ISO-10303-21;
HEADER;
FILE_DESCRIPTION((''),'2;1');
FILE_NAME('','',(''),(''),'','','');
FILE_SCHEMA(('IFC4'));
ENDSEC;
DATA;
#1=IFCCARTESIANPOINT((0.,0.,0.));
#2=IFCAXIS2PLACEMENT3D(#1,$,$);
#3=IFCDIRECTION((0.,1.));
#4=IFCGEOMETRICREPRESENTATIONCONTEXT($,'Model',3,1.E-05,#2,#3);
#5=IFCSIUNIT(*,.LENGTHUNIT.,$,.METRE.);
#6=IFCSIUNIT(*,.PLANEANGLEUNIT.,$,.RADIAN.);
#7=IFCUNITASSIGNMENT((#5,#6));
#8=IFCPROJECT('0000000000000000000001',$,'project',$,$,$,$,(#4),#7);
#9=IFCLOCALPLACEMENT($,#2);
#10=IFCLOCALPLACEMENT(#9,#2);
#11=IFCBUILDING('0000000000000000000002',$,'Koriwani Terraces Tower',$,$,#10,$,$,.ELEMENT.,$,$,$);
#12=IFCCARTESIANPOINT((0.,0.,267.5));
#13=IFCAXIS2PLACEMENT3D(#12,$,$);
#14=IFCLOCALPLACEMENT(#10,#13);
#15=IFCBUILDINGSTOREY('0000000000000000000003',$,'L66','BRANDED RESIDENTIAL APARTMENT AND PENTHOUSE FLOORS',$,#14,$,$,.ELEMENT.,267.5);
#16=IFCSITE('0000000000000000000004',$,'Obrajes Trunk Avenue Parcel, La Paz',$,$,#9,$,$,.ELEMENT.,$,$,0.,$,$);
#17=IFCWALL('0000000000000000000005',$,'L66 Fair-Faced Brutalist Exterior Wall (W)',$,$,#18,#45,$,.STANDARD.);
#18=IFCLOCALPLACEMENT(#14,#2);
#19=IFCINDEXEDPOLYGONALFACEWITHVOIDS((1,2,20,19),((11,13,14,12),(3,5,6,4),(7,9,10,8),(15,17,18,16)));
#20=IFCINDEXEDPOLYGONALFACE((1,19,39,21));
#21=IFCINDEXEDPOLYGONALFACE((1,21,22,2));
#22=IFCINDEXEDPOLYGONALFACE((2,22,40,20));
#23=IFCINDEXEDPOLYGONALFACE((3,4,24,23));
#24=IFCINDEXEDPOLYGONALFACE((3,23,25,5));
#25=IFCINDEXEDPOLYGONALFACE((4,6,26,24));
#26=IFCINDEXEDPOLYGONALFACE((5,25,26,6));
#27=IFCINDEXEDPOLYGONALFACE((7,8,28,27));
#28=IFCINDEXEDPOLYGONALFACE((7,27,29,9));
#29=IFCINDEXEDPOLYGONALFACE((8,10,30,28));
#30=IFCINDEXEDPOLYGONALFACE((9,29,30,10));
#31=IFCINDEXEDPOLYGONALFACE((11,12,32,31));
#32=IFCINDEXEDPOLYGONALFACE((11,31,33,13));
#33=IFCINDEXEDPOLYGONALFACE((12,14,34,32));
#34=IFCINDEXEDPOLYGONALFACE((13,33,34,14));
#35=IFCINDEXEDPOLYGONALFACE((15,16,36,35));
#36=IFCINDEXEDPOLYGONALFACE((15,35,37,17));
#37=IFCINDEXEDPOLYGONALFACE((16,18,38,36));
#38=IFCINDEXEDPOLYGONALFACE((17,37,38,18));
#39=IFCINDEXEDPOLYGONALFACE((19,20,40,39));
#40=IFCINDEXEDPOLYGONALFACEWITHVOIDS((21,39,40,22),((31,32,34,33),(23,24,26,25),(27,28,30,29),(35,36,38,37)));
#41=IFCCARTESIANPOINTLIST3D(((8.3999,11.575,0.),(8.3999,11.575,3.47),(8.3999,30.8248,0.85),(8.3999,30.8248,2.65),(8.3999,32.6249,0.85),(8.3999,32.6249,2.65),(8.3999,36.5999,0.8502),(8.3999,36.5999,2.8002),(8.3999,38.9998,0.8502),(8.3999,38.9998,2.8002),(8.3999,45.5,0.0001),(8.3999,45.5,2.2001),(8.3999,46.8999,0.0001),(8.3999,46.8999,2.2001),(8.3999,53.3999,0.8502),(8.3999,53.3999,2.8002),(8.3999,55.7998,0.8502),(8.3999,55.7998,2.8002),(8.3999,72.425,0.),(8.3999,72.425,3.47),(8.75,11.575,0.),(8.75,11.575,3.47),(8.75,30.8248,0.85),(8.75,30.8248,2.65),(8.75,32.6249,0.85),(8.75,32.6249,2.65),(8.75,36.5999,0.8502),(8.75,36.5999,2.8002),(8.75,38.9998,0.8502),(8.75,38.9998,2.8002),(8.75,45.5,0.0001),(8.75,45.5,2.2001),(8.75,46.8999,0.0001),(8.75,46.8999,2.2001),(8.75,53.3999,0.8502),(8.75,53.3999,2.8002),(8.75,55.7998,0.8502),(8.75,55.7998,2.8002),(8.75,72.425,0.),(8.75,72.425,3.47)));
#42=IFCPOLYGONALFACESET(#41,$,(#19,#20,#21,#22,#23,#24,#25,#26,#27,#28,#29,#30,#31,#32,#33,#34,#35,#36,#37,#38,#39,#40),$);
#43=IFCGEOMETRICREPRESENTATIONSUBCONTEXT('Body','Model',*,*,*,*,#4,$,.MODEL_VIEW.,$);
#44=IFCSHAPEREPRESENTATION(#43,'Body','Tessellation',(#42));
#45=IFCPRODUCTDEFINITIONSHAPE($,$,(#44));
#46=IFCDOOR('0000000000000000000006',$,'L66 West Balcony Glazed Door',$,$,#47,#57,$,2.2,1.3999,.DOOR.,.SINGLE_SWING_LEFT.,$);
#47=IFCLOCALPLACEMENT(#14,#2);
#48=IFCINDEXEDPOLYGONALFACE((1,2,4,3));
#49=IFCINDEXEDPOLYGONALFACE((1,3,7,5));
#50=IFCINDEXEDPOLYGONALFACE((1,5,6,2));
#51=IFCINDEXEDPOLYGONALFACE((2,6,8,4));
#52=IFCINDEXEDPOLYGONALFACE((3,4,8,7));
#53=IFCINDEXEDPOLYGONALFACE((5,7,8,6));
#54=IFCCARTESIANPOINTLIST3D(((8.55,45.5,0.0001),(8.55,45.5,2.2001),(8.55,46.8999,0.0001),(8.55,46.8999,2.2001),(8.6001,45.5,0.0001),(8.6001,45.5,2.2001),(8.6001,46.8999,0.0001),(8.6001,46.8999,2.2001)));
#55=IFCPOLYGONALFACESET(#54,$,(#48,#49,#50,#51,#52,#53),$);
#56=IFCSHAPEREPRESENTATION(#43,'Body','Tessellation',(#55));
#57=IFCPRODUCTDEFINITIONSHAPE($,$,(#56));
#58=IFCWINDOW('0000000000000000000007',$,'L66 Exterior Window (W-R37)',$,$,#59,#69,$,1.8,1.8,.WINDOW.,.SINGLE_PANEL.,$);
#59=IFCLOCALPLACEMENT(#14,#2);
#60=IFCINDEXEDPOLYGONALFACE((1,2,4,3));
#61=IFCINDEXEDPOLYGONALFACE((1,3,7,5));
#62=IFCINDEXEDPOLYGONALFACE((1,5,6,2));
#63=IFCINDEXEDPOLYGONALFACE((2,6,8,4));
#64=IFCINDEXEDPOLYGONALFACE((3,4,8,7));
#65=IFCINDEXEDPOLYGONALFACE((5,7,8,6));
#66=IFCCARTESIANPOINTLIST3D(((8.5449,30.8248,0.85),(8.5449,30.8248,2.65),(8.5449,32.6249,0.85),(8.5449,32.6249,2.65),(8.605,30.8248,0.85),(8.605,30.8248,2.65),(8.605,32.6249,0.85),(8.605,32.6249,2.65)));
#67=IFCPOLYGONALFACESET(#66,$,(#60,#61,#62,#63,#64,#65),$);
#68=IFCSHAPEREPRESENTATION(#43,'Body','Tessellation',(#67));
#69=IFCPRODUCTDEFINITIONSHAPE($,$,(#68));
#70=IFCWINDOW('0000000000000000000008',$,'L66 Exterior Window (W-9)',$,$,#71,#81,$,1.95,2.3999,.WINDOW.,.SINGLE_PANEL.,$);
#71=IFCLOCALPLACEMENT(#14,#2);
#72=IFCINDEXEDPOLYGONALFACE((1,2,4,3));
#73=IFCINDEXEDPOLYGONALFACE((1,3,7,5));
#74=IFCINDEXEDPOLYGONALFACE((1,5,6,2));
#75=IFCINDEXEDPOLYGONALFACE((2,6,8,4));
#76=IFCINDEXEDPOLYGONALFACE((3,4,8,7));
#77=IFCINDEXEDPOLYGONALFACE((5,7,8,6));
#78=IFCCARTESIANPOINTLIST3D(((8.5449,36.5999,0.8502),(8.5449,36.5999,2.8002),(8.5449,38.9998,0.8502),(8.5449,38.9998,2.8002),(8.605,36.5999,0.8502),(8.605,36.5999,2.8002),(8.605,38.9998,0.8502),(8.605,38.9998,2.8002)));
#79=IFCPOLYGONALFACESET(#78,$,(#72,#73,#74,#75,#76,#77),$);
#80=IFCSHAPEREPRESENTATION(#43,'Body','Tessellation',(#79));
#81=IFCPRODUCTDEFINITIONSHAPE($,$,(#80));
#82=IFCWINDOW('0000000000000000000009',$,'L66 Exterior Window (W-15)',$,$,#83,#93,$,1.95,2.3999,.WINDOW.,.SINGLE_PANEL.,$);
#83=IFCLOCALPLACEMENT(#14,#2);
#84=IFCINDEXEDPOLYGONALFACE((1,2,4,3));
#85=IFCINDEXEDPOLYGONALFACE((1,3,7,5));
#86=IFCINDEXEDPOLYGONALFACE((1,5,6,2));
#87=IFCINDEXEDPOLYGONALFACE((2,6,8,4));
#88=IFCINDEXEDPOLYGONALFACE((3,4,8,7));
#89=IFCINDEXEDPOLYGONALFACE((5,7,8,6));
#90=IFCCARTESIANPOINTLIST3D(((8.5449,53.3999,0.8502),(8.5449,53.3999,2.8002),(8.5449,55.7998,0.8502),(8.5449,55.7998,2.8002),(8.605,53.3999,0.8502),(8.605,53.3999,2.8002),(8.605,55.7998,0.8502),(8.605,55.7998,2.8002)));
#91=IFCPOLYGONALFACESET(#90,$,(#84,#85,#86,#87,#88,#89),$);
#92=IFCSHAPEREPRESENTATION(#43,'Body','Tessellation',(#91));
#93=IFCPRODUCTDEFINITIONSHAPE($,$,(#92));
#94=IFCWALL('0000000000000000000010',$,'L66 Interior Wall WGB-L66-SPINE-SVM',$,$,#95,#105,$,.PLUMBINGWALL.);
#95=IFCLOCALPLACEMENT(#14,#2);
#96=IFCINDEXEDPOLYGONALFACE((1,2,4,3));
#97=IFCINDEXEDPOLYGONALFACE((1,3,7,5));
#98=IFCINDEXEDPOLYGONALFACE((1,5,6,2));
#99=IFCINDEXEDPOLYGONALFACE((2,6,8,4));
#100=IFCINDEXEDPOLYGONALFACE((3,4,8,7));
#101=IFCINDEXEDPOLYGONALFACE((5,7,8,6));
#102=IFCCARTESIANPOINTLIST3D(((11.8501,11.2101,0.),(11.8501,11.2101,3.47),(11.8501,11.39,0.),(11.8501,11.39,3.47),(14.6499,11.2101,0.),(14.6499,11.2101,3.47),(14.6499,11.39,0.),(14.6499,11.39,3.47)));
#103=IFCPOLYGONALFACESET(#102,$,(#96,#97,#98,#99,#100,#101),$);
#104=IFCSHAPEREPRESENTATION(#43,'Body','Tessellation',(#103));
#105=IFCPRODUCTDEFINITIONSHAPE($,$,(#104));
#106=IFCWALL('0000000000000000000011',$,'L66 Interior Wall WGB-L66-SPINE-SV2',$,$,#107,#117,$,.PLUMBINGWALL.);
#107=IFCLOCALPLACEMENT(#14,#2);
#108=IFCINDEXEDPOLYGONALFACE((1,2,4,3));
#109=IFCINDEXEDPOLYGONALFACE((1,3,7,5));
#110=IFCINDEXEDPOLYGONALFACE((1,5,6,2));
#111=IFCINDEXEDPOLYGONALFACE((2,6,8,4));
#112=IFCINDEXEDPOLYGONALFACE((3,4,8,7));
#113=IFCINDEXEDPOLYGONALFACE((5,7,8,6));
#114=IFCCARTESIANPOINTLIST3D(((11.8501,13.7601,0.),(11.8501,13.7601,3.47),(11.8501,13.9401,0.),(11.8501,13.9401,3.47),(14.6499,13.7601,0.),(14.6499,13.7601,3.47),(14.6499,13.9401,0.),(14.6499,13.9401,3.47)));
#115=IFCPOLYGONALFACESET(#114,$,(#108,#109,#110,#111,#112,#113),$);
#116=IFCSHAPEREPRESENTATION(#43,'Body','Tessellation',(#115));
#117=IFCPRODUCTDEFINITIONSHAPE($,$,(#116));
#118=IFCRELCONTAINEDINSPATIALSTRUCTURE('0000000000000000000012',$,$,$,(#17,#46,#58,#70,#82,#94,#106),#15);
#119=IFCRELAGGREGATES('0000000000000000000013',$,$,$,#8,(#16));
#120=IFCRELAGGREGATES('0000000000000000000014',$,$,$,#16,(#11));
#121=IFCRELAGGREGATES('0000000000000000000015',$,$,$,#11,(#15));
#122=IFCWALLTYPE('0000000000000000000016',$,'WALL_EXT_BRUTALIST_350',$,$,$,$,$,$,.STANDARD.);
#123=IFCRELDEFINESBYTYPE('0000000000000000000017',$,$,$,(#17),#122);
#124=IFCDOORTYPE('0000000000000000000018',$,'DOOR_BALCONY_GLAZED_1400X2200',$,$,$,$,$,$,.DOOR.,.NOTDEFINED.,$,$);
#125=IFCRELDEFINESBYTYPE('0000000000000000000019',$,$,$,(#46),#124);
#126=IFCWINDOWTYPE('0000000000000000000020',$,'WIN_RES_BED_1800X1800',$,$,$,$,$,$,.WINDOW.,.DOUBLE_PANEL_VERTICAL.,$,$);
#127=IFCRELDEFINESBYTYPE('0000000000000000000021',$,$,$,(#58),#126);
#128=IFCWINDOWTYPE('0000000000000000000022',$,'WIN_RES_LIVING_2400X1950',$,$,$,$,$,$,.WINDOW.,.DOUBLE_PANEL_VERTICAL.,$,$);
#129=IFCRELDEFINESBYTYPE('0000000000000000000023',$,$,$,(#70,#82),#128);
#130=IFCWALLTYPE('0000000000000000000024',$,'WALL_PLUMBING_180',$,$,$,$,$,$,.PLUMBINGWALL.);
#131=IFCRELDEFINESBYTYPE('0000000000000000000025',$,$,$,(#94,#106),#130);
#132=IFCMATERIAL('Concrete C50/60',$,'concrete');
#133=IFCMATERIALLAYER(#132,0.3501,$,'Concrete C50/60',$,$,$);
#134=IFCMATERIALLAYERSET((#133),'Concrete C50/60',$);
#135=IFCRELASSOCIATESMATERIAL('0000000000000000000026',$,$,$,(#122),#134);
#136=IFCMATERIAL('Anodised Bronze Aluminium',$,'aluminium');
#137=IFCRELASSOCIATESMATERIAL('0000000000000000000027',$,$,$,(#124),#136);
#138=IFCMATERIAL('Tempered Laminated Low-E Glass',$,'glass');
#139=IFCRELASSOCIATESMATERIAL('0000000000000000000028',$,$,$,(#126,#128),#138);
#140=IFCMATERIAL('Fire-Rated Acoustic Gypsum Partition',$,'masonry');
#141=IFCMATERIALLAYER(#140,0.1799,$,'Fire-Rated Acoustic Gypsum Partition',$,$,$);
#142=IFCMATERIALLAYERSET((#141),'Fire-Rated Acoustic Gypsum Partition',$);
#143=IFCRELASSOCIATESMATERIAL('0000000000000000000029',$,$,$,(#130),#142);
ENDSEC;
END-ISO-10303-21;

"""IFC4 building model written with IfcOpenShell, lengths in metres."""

from ifc_helpers import new_model, si_unit, direction, frame, frame_2d, origin, place, context, subcontext, project, spatial, rectangle, extrude, material, layer, layer_set, type_object, element, fill, save


model = new_model("IFC4")

# Units and contexts
model_context = context("Model", 3, precision=1e-05, world=origin(), true_north=direction((0.0, 1.0)))
body_context = subcontext(model_context, "Body", "Model", "MODEL_VIEW")
ifc_project = project(units=[si_unit("LENGTHUNIT", "METRE"), si_unit("PLANEANGLEUNIT", "RADIAN")], contexts=[model_context])

# Site, building, storey
site_placement = place(None, origin())
site = spatial("IfcSite", under=ifc_project, at=site_placement, Name="Obrajes Trunk Avenue Parcel, La Paz", CompositionType="ELEMENT", RefElevation=0.0)
building_placement = place(site_placement, origin())
building = spatial("IfcBuilding", under=site, at=building_placement, Name="Koriwani Terraces Tower", CompositionType="ELEMENT")
storey_placement = place(building_placement, frame((0.0, 0.0, 267.5)))
storey = spatial("IfcBuildingStorey", under=building, at=storey_placement, Name="L66", Description="BRANDED RESIDENTIAL APARTMENT AND PENTHOUSE FLOORS", CompositionType="ELEMENT", Elevation=267.5)

# Shared definitions
ifc_material_1 = material(Name="Concrete C50/60", Category="concrete")

# Shared definitions
ifc_material_2 = material(Name="Anodised Bronze Aluminium", Category="aluminium")

# Shared definitions
ifc_layer_1 = layer(ifc_material_1, 0.3501, Name="Concrete C50/60")
ifc_layer_set_1 = layer_set([ifc_layer_1], Name="Concrete C50/60")
wall_type_1 = type_object("IfcWallType", Name="WALL_EXT_BRUTALIST_350", PredefinedType="STANDARD", material=ifc_layer_set_1)

# Wall, openings, door, windows
wall_1_placement = place(storey_placement, frame((8.575, 11.575, 0.0), z_axis=(0.0, 0.0, 1.0), x_axis=(0.0, 1.0, 0.0)))
wall_1 = element("IfcWall", 1, at=wall_1_placement, inside=storey, type_object=wall_type_1, Name="L66 Fair-Faced Brutalist Exterior Wall (W)", PredefinedType="STANDARD", context=body_context, shape_type="SweptSolid", body=[
    extrude(rectangle(XDim=60.8501, YDim=0.3501, at=frame_2d((30.425, 0.0))), origin(), (0.0, 0.0, 1.0), 3.47),
])
opening_1_placement = place(wall_1_placement, frame((33.925, 0.0, 0.0)))
opening_1 = element("IfcOpeningElement", 2, at=opening_1_placement, cuts=wall_1, PredefinedType="OPENING", context=body_context, shape_type="SweptSolid", body=[
    extrude(rectangle(XDim=1.3999, YDim=2.2, at=frame_2d((0.7, 1.1001))), frame((0.0, 0.1851, 0.0), z_axis=(0.0, -1.0, 0.0), x_axis=(1.0, 0.0, 0.0)), (0.0, 0.0, 1.0), 0.3701),
])
opening_2_placement = place(wall_1_placement, frame((25.0249, 0.0, 0.8501)))
opening_2 = element("IfcOpeningElement", 3, at=opening_2_placement, cuts=wall_1, PredefinedType="OPENING", context=body_context, shape_type="SweptSolid", body=[
    extrude(rectangle(XDim=2.3999, YDim=1.95, at=frame_2d((1.2, 0.9751))), frame((0.0, 0.1851, 0.0), z_axis=(0.0, -1.0, 0.0), x_axis=(1.0, 0.0, 0.0)), (0.0, 0.0, 1.0), 0.3701),
])
opening_3_placement = place(wall_1_placement, frame((41.825, 0.0, 0.8501)))
opening_3 = element("IfcOpeningElement", 4, at=opening_3_placement, cuts=wall_1, PredefinedType="OPENING", context=body_context, shape_type="SweptSolid", body=[
    extrude(rectangle(XDim=2.3999, YDim=1.95, at=frame_2d((1.2, 0.9751))), frame((0.0, 0.1851, 0.0), z_axis=(0.0, -1.0, 0.0), x_axis=(1.0, 0.0, 0.0)), (0.0, 0.0, 1.0), 0.3701),
])
opening_4_placement = place(wall_1_placement, frame((19.25, 0.0, 0.8501)))
opening_4 = element("IfcOpeningElement", 5, at=opening_4_placement, cuts=wall_1, PredefinedType="OPENING", context=body_context, shape_type="SweptSolid", body=[
    extrude(rectangle(XDim=1.8, YDim=1.8, at=frame_2d((0.8999, 0.8999))), frame((0.0, 0.1851, 0.0), z_axis=(0.0, -1.0, 0.0), x_axis=(1.0, 0.0, 0.0)), (0.0, 0.0, 1.0), 0.3701),
])
door_type_1 = type_object("IfcDoorType", Name="DOOR_BALCONY_GLAZED_1400X2200", OperationType="NOTDEFINED", PredefinedType="DOOR", material=ifc_material_2)
door_1_placement = place(opening_1_placement, origin())
door_1 = element("IfcDoor", 6, at=door_1_placement, inside=storey, type_object=door_type_1, Name="L66 West Balcony Glazed Door", OperationType="SINGLE_SWING_LEFT", OverallHeight=2.2, OverallWidth=1.3999, PredefinedType="DOOR", context=body_context, shape_type="SweptSolid", body=[
    extrude(rectangle(XDim=1.3999, YDim=2.2, at=frame_2d((0.7, 1.1001))), frame((0.0, 0.0249, 0.0), z_axis=(0.0, -1.0, 0.0), x_axis=(1.0, 0.0, 0.0)), (0.0, 0.0, 1.0), 0.05),
])
fill(opening_1, door_1)
ifc_material_3 = material(Name="Tempered Laminated Low-E Glass", Category="glass")
window_type_1 = type_object("IfcWindowType", Name="WIN_RES_BED_1800X1800", PartitioningType="DOUBLE_PANEL_VERTICAL", PredefinedType="WINDOW", material=ifc_material_3)
window_1_placement = place(opening_4_placement, origin())
window_1 = element("IfcWindow", 7, at=window_1_placement, inside=storey, type_object=window_type_1, Name="L66 Exterior Window (W-R37)", OverallHeight=1.8, OverallWidth=1.8, PartitioningType="SINGLE_PANEL", PredefinedType="WINDOW", context=body_context, shape_type="SweptSolid", body=[
    extrude(rectangle(XDim=1.8, YDim=1.8, at=frame_2d((0.8999, 0.8999))), frame((0.0, 0.03, 0.0), z_axis=(0.0, -1.0, 0.0), x_axis=(1.0, 0.0, 0.0)), (0.0, 0.0, 1.0), 0.0601),
])
fill(opening_4, window_1)
window_type_2 = type_object("IfcWindowType", Name="WIN_RES_LIVING_2400X1950", PartitioningType="DOUBLE_PANEL_VERTICAL", PredefinedType="WINDOW", material=ifc_material_3)
window_2_placement = place(opening_2_placement, origin())
window_2 = element("IfcWindow", 8, at=window_2_placement, inside=storey, type_object=window_type_2, Name="L66 Exterior Window (W-9)", OverallHeight=1.95, OverallWidth=2.3999, PartitioningType="SINGLE_PANEL", PredefinedType="WINDOW", context=body_context, shape_type="SweptSolid", body=[
    extrude(rectangle(XDim=2.3999, YDim=1.95, at=frame_2d((1.2, 0.9751))), frame((0.0, 0.03, 0.0), z_axis=(0.0, -1.0, 0.0), x_axis=(1.0, 0.0, 0.0)), (0.0, 0.0, 1.0), 0.0601),
])
fill(opening_2, window_2)
window_3_placement = place(opening_3_placement, origin())
window_3 = element("IfcWindow", 9, at=window_3_placement, inside=storey, type_object=window_type_2, Name="L66 Exterior Window (W-15)", OverallHeight=1.95, OverallWidth=2.3999, PartitioningType="SINGLE_PANEL", PredefinedType="WINDOW", context=body_context, shape_type="SweptSolid", body=[
    extrude(rectangle(XDim=2.3999, YDim=1.95, at=frame_2d((1.2, 0.9751))), frame((0.0, 0.03, 0.0), z_axis=(0.0, -1.0, 0.0), x_axis=(1.0, 0.0, 0.0)), (0.0, 0.0, 1.0), 0.0601),
])
fill(opening_3, window_3)

# Walls
ifc_material_4 = material(Name="Fire-Rated Acoustic Gypsum Partition", Category="masonry")
ifc_layer_2 = layer(ifc_material_4, 0.1799, Name="Fire-Rated Acoustic Gypsum Partition")
ifc_layer_set_2 = layer_set([ifc_layer_2], Name="Fire-Rated Acoustic Gypsum Partition")
wall_type_2 = type_object("IfcWallType", Name="WALL_PLUMBING_180", PredefinedType="PLUMBINGWALL", material=ifc_layer_set_2)
for number, where, z_axis, x_axis, name in (
    (10, (11.8501, 11.3, 0.0), (0.0, 0.0, 1.0), (1.0, 0.0, 0.0), "L66 Interior Wall WGB-L66-SPINE-SVM"),
    (11, (11.8501, 13.8501, 0.0), (0.0, 0.0, 1.0), (1.0, 0.0, 0.0), "L66 Interior Wall WGB-L66-SPINE-SV2"),
):
    element("IfcWall", number, at=place(storey_placement, frame(where, z_axis=z_axis, x_axis=x_axis)), inside=storey, type_object=wall_type_2, Name=name, PredefinedType="PLUMBINGWALL", context=body_context, shape_type="SweptSolid", body=[
        extrude(rectangle(XDim=2.7998, YDim=0.1799, at=frame_2d((1.3999, 0.0))), origin(), (0.0, 0.0, 1.0), 3.47),
    ])

save(model, "model.ifc")
